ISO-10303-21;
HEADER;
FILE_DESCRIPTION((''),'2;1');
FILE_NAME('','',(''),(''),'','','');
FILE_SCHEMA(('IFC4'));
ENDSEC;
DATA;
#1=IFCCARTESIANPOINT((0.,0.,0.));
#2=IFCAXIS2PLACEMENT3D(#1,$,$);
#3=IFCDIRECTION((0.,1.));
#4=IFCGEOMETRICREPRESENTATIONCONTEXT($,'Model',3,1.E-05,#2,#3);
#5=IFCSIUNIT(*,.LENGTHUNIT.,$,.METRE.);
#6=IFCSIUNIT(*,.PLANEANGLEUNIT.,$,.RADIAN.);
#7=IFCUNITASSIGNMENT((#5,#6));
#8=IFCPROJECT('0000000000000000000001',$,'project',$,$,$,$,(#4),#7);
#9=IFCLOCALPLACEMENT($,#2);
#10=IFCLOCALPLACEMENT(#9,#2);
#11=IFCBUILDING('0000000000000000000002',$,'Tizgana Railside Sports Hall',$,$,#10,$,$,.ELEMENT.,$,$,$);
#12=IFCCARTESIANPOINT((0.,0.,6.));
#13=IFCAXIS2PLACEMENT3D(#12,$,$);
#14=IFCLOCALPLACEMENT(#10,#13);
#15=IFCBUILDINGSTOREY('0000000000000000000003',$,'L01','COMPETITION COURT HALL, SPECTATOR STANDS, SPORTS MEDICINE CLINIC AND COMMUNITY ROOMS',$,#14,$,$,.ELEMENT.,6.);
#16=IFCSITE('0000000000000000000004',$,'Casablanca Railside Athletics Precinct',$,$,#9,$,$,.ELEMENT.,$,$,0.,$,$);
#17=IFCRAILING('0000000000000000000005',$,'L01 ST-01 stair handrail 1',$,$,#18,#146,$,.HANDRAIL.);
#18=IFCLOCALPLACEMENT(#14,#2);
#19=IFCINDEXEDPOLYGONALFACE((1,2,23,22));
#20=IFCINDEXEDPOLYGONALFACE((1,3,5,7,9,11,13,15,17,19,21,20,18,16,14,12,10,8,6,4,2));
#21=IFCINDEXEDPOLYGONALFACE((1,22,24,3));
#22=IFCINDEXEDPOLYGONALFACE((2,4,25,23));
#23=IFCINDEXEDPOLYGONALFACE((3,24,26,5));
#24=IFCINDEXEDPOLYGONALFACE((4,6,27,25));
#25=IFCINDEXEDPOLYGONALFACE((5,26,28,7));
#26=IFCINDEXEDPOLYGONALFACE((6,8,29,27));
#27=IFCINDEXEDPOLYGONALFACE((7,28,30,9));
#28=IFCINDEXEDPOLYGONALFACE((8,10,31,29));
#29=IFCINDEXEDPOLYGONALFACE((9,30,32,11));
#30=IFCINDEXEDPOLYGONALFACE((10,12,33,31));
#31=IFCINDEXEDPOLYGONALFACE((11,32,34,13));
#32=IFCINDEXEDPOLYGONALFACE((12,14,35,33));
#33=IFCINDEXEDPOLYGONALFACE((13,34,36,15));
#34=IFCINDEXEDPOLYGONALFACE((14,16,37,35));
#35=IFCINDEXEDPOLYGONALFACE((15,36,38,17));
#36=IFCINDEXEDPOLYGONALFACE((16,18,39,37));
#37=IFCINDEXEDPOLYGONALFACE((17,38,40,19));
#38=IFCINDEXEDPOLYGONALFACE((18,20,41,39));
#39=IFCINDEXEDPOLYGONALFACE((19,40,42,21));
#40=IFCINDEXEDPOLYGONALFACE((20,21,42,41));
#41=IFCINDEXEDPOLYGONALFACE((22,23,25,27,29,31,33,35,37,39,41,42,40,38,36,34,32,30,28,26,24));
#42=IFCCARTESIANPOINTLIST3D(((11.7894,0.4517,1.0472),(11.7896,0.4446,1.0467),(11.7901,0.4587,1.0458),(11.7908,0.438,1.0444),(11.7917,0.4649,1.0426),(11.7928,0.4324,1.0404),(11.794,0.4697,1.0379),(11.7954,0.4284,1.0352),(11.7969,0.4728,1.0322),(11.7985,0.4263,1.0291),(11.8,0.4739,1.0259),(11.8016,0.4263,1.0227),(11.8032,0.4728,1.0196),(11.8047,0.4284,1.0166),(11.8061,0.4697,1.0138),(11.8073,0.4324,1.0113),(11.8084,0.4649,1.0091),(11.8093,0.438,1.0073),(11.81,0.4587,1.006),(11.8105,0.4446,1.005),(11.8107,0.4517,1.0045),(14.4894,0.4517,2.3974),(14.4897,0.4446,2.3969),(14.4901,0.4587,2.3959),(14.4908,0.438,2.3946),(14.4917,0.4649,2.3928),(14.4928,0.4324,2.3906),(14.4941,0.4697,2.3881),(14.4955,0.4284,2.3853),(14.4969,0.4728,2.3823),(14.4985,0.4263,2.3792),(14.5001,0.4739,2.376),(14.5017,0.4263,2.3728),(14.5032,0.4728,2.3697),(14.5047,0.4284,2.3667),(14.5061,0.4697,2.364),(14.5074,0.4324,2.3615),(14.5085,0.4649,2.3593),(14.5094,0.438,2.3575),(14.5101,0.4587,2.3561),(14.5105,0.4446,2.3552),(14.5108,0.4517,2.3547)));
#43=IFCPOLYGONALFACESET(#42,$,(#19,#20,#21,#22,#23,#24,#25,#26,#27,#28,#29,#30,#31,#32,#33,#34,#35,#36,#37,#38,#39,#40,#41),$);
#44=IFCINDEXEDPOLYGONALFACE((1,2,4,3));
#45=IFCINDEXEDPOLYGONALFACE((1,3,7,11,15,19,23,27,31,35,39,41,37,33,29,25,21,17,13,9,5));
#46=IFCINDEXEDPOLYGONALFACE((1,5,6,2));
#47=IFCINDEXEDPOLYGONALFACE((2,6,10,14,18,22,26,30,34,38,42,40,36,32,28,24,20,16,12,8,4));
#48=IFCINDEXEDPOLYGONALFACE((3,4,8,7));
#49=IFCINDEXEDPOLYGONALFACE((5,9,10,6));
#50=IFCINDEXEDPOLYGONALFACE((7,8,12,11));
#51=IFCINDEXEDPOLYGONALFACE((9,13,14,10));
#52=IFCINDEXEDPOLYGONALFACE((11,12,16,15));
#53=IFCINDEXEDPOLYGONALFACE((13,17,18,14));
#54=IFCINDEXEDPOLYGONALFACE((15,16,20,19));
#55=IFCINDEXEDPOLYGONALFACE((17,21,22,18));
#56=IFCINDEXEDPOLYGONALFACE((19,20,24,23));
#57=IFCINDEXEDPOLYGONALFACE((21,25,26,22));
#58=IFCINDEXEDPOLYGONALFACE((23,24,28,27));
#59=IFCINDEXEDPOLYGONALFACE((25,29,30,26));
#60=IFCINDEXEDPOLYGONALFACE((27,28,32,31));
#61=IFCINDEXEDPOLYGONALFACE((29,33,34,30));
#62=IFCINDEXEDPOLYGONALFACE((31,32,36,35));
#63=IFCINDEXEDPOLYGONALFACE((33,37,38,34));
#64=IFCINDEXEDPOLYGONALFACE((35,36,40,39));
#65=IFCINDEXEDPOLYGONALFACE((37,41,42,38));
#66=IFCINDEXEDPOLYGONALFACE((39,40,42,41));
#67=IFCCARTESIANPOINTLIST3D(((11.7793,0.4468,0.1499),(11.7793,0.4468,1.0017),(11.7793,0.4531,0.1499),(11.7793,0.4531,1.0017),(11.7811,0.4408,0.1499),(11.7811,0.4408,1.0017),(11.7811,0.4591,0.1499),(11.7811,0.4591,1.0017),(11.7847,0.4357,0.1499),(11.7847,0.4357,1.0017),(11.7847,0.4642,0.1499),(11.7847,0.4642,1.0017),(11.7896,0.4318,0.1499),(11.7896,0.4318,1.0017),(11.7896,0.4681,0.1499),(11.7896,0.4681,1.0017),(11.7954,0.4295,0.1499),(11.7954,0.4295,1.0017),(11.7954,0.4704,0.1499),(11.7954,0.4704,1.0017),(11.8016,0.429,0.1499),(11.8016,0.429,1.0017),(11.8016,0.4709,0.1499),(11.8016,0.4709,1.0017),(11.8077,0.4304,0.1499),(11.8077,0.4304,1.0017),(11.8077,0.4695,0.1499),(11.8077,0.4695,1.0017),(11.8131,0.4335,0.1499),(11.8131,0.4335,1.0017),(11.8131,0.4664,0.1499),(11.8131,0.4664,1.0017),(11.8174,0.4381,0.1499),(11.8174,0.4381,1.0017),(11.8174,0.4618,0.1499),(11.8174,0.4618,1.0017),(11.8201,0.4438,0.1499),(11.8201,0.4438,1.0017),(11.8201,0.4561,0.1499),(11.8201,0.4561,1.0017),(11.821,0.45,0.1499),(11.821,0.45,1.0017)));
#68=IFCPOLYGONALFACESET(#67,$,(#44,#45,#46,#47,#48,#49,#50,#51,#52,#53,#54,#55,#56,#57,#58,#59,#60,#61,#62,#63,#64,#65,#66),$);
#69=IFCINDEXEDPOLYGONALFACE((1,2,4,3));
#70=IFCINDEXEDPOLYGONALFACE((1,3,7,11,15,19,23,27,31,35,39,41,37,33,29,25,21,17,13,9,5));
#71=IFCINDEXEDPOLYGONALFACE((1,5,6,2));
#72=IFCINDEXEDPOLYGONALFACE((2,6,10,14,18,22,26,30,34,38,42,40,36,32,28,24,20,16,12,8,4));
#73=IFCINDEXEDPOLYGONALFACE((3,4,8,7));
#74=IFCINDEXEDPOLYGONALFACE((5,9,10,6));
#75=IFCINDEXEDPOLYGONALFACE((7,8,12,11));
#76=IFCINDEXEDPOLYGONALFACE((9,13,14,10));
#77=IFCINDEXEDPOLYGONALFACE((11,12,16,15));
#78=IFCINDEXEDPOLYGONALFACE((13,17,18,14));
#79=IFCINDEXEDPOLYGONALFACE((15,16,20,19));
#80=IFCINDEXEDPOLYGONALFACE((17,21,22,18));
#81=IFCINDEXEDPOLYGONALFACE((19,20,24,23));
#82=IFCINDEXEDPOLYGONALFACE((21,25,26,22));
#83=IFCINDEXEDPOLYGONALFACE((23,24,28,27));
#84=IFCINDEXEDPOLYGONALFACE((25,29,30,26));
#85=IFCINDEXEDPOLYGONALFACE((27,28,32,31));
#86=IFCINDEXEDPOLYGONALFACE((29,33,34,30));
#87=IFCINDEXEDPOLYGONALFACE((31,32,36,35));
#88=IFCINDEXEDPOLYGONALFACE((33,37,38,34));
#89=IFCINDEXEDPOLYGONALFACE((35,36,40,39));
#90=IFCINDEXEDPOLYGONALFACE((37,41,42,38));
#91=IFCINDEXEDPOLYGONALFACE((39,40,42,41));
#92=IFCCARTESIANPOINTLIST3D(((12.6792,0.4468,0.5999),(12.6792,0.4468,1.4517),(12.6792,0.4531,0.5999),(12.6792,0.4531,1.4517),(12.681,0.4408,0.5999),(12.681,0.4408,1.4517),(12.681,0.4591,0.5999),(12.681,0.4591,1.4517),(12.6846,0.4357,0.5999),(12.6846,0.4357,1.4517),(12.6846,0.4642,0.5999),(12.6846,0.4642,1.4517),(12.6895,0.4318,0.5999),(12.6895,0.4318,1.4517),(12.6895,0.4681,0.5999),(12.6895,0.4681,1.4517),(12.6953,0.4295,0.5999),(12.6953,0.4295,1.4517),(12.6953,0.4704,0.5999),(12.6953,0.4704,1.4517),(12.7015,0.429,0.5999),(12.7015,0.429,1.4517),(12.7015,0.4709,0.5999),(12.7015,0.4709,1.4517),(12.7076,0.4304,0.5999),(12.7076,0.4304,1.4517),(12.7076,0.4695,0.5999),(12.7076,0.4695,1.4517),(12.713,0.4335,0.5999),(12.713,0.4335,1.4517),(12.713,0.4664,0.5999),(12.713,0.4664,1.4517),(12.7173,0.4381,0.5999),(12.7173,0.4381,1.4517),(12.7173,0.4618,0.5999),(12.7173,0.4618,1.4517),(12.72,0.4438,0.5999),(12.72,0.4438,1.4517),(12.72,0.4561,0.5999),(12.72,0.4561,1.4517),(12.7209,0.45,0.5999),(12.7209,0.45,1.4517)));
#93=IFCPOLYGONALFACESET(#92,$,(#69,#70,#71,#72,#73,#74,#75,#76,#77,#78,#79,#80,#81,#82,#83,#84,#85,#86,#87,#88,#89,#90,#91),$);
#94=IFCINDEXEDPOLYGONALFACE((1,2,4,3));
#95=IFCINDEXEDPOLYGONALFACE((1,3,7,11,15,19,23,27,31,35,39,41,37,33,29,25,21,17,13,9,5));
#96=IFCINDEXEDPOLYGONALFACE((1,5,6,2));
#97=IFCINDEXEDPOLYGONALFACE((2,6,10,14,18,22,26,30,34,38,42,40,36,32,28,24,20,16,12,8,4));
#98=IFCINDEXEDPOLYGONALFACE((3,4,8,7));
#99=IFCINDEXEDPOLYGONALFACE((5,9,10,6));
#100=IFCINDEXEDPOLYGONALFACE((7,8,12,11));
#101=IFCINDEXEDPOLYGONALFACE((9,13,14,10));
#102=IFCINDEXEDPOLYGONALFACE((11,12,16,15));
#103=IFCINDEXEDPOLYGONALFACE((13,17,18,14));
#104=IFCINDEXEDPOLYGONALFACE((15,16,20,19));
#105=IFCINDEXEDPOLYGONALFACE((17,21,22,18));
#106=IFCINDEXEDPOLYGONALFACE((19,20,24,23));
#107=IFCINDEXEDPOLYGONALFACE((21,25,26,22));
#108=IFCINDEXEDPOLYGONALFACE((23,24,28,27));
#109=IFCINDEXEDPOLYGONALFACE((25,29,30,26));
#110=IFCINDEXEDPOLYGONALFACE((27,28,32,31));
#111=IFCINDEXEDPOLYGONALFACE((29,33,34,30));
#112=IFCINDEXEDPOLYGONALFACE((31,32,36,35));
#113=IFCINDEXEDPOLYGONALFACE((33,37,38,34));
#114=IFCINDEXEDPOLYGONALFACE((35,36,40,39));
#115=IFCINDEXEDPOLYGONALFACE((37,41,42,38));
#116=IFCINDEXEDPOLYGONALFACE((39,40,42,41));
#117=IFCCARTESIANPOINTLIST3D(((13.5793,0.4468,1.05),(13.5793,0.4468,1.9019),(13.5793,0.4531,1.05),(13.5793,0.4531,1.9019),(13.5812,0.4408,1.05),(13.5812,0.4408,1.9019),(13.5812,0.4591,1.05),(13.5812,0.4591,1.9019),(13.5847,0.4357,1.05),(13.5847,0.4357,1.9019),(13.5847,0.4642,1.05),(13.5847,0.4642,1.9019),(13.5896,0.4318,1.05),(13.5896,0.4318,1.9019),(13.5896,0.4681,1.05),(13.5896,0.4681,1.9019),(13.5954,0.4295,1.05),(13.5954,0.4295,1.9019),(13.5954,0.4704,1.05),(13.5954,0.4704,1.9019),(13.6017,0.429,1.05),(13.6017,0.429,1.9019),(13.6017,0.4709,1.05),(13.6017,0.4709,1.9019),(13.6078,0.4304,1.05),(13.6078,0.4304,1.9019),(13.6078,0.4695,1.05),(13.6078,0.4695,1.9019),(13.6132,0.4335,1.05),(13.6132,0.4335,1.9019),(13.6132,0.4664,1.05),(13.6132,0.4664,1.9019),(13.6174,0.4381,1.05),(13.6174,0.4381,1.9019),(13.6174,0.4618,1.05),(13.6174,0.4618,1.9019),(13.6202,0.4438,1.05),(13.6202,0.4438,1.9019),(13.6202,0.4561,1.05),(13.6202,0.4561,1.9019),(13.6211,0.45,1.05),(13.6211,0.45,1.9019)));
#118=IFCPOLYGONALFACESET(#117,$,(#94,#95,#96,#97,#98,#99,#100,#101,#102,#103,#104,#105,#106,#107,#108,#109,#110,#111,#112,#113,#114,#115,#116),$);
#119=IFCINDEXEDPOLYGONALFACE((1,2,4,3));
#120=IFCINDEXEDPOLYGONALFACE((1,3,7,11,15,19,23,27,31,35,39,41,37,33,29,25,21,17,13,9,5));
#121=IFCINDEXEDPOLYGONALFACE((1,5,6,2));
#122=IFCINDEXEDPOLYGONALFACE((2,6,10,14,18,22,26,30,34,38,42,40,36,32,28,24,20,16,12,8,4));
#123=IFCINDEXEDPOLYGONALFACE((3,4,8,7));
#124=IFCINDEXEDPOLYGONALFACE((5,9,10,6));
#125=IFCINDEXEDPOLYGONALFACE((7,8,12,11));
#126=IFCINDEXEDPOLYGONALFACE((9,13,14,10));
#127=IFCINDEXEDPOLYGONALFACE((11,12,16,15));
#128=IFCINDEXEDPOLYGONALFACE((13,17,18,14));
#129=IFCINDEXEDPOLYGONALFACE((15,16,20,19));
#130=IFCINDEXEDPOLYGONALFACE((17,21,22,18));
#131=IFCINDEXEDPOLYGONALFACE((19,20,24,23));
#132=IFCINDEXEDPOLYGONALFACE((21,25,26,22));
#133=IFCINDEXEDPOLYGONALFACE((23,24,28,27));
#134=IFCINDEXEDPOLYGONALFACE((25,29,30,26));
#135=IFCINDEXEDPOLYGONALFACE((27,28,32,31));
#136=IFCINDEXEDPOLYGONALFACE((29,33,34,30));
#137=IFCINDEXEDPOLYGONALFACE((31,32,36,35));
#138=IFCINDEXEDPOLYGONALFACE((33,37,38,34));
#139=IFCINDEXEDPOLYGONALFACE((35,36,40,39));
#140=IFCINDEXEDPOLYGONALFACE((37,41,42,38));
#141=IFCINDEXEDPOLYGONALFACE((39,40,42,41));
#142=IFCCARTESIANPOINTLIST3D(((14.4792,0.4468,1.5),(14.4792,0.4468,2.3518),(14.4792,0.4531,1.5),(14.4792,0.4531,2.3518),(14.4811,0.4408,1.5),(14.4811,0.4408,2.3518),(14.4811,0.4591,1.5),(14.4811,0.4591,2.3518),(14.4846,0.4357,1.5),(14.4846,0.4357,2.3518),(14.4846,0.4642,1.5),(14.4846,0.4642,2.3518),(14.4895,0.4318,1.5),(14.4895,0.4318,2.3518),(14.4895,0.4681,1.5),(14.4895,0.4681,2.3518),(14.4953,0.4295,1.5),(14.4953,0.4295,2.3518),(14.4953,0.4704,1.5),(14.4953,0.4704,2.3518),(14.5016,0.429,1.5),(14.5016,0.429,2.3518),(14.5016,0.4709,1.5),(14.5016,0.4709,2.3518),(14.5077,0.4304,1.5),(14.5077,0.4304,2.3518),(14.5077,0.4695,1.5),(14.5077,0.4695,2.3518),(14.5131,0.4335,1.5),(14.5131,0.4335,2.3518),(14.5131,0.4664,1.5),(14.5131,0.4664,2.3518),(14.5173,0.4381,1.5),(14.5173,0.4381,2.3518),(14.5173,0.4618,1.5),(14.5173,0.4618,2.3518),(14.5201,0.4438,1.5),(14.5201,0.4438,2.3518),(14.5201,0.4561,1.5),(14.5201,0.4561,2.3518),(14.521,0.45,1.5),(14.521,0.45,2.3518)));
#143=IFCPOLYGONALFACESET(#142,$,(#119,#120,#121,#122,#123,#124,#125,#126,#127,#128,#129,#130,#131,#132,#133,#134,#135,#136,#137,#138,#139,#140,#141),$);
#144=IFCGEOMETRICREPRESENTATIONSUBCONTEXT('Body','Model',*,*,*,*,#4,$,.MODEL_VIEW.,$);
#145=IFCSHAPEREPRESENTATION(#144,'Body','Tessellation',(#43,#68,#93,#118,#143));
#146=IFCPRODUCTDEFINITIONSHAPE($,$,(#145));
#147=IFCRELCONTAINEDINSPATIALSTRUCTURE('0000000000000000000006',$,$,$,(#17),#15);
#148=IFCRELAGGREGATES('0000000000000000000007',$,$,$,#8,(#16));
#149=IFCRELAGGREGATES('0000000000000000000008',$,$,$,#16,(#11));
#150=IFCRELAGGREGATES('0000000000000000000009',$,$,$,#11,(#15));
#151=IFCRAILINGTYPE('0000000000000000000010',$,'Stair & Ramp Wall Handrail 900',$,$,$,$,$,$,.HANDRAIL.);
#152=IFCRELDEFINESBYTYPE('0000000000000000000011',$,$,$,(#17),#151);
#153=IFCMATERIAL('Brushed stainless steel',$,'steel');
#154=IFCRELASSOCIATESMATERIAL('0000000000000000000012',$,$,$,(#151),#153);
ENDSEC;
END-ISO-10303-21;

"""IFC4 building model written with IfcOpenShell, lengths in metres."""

from ifc_helpers import new_model, si_unit, direction, frame, origin, origin_2d, place, context, subcontext, project, spatial, circle, extrude, material, type_object, element, save


model = new_model("IFC4")

# Units and contexts
model_context = context("Model", 3, precision=1e-05, world=origin(), true_north=direction((0.0, 1.0)))
body_context = subcontext(model_context, "Body", "Model", "MODEL_VIEW")
ifc_project = project(units=[si_unit("LENGTHUNIT", "METRE"), si_unit("PLANEANGLEUNIT", "RADIAN")], contexts=[model_context])

# Site, building, storey
site_placement = place(None, origin())
site = spatial("IfcSite", under=ifc_project, at=site_placement, Name="Casablanca Railside Athletics Precinct", CompositionType="ELEMENT", RefElevation=0.0)
building_placement = place(site_placement, origin())
building = spatial("IfcBuilding", under=site, at=building_placement, Name="Tizgana Railside Sports Hall", CompositionType="ELEMENT")
storey_placement = place(building_placement, frame((0.0, 0.0, 6.0)))
storey = spatial("IfcBuildingStorey", under=building, at=storey_placement, Name="L01", Description="COMPETITION COURT HALL, SPECTATOR STANDS, SPORTS MEDICINE CLINIC AND COMMUNITY ROOMS", CompositionType="ELEMENT", Elevation=6.0)

# Shared definitions
ifc_material_1 = material(Name="Brushed stainless steel", Category="steel")

# Railing
railing_type_1 = type_object("IfcRailingType", Name="Stair & Ramp Wall Handrail 900", PredefinedType="HANDRAIL", material=ifc_material_1)
railing_1_placement = place(storey_placement, frame((11.8, 0.45, 0.1499)))
element("IfcRailing", 1, at=railing_1_placement, inside=storey, type_object=railing_type_1, Name="L01 ST-01 stair handrail 1", PredefinedType="HANDRAIL", context=body_context, shape_type="SweptSolid", body=[
    extrude(circle(Radius=0.0239, at=origin_2d()), frame((0.0, 0.0, 0.876), z_axis=(0.894411, 0.0, 0.447246), x_axis=(0.0, 1.0, 0.0)), (0.0, 0.0, 1.0), 3.0188),
    extrude(circle(Radius=0.021, at=origin_2d()), origin(), (0.0, 0.0, 1.0), 0.8518),
    extrude(circle(Radius=0.021, at=origin_2d()), frame((0.8999, 0.0, 0.45)), (0.0, 0.0, 1.0), 0.8518),
    extrude(circle(Radius=0.021, at=origin_2d()), frame((1.8, 0.0, 0.9001)), (0.0, 0.0, 1.0), 0.8518),
    extrude(circle(Radius=0.021, at=origin_2d()), frame((2.7, 0.0, 1.3501)), (0.0, 0.0, 1.0), 0.8518),
])

save(model, "model.ifc")
